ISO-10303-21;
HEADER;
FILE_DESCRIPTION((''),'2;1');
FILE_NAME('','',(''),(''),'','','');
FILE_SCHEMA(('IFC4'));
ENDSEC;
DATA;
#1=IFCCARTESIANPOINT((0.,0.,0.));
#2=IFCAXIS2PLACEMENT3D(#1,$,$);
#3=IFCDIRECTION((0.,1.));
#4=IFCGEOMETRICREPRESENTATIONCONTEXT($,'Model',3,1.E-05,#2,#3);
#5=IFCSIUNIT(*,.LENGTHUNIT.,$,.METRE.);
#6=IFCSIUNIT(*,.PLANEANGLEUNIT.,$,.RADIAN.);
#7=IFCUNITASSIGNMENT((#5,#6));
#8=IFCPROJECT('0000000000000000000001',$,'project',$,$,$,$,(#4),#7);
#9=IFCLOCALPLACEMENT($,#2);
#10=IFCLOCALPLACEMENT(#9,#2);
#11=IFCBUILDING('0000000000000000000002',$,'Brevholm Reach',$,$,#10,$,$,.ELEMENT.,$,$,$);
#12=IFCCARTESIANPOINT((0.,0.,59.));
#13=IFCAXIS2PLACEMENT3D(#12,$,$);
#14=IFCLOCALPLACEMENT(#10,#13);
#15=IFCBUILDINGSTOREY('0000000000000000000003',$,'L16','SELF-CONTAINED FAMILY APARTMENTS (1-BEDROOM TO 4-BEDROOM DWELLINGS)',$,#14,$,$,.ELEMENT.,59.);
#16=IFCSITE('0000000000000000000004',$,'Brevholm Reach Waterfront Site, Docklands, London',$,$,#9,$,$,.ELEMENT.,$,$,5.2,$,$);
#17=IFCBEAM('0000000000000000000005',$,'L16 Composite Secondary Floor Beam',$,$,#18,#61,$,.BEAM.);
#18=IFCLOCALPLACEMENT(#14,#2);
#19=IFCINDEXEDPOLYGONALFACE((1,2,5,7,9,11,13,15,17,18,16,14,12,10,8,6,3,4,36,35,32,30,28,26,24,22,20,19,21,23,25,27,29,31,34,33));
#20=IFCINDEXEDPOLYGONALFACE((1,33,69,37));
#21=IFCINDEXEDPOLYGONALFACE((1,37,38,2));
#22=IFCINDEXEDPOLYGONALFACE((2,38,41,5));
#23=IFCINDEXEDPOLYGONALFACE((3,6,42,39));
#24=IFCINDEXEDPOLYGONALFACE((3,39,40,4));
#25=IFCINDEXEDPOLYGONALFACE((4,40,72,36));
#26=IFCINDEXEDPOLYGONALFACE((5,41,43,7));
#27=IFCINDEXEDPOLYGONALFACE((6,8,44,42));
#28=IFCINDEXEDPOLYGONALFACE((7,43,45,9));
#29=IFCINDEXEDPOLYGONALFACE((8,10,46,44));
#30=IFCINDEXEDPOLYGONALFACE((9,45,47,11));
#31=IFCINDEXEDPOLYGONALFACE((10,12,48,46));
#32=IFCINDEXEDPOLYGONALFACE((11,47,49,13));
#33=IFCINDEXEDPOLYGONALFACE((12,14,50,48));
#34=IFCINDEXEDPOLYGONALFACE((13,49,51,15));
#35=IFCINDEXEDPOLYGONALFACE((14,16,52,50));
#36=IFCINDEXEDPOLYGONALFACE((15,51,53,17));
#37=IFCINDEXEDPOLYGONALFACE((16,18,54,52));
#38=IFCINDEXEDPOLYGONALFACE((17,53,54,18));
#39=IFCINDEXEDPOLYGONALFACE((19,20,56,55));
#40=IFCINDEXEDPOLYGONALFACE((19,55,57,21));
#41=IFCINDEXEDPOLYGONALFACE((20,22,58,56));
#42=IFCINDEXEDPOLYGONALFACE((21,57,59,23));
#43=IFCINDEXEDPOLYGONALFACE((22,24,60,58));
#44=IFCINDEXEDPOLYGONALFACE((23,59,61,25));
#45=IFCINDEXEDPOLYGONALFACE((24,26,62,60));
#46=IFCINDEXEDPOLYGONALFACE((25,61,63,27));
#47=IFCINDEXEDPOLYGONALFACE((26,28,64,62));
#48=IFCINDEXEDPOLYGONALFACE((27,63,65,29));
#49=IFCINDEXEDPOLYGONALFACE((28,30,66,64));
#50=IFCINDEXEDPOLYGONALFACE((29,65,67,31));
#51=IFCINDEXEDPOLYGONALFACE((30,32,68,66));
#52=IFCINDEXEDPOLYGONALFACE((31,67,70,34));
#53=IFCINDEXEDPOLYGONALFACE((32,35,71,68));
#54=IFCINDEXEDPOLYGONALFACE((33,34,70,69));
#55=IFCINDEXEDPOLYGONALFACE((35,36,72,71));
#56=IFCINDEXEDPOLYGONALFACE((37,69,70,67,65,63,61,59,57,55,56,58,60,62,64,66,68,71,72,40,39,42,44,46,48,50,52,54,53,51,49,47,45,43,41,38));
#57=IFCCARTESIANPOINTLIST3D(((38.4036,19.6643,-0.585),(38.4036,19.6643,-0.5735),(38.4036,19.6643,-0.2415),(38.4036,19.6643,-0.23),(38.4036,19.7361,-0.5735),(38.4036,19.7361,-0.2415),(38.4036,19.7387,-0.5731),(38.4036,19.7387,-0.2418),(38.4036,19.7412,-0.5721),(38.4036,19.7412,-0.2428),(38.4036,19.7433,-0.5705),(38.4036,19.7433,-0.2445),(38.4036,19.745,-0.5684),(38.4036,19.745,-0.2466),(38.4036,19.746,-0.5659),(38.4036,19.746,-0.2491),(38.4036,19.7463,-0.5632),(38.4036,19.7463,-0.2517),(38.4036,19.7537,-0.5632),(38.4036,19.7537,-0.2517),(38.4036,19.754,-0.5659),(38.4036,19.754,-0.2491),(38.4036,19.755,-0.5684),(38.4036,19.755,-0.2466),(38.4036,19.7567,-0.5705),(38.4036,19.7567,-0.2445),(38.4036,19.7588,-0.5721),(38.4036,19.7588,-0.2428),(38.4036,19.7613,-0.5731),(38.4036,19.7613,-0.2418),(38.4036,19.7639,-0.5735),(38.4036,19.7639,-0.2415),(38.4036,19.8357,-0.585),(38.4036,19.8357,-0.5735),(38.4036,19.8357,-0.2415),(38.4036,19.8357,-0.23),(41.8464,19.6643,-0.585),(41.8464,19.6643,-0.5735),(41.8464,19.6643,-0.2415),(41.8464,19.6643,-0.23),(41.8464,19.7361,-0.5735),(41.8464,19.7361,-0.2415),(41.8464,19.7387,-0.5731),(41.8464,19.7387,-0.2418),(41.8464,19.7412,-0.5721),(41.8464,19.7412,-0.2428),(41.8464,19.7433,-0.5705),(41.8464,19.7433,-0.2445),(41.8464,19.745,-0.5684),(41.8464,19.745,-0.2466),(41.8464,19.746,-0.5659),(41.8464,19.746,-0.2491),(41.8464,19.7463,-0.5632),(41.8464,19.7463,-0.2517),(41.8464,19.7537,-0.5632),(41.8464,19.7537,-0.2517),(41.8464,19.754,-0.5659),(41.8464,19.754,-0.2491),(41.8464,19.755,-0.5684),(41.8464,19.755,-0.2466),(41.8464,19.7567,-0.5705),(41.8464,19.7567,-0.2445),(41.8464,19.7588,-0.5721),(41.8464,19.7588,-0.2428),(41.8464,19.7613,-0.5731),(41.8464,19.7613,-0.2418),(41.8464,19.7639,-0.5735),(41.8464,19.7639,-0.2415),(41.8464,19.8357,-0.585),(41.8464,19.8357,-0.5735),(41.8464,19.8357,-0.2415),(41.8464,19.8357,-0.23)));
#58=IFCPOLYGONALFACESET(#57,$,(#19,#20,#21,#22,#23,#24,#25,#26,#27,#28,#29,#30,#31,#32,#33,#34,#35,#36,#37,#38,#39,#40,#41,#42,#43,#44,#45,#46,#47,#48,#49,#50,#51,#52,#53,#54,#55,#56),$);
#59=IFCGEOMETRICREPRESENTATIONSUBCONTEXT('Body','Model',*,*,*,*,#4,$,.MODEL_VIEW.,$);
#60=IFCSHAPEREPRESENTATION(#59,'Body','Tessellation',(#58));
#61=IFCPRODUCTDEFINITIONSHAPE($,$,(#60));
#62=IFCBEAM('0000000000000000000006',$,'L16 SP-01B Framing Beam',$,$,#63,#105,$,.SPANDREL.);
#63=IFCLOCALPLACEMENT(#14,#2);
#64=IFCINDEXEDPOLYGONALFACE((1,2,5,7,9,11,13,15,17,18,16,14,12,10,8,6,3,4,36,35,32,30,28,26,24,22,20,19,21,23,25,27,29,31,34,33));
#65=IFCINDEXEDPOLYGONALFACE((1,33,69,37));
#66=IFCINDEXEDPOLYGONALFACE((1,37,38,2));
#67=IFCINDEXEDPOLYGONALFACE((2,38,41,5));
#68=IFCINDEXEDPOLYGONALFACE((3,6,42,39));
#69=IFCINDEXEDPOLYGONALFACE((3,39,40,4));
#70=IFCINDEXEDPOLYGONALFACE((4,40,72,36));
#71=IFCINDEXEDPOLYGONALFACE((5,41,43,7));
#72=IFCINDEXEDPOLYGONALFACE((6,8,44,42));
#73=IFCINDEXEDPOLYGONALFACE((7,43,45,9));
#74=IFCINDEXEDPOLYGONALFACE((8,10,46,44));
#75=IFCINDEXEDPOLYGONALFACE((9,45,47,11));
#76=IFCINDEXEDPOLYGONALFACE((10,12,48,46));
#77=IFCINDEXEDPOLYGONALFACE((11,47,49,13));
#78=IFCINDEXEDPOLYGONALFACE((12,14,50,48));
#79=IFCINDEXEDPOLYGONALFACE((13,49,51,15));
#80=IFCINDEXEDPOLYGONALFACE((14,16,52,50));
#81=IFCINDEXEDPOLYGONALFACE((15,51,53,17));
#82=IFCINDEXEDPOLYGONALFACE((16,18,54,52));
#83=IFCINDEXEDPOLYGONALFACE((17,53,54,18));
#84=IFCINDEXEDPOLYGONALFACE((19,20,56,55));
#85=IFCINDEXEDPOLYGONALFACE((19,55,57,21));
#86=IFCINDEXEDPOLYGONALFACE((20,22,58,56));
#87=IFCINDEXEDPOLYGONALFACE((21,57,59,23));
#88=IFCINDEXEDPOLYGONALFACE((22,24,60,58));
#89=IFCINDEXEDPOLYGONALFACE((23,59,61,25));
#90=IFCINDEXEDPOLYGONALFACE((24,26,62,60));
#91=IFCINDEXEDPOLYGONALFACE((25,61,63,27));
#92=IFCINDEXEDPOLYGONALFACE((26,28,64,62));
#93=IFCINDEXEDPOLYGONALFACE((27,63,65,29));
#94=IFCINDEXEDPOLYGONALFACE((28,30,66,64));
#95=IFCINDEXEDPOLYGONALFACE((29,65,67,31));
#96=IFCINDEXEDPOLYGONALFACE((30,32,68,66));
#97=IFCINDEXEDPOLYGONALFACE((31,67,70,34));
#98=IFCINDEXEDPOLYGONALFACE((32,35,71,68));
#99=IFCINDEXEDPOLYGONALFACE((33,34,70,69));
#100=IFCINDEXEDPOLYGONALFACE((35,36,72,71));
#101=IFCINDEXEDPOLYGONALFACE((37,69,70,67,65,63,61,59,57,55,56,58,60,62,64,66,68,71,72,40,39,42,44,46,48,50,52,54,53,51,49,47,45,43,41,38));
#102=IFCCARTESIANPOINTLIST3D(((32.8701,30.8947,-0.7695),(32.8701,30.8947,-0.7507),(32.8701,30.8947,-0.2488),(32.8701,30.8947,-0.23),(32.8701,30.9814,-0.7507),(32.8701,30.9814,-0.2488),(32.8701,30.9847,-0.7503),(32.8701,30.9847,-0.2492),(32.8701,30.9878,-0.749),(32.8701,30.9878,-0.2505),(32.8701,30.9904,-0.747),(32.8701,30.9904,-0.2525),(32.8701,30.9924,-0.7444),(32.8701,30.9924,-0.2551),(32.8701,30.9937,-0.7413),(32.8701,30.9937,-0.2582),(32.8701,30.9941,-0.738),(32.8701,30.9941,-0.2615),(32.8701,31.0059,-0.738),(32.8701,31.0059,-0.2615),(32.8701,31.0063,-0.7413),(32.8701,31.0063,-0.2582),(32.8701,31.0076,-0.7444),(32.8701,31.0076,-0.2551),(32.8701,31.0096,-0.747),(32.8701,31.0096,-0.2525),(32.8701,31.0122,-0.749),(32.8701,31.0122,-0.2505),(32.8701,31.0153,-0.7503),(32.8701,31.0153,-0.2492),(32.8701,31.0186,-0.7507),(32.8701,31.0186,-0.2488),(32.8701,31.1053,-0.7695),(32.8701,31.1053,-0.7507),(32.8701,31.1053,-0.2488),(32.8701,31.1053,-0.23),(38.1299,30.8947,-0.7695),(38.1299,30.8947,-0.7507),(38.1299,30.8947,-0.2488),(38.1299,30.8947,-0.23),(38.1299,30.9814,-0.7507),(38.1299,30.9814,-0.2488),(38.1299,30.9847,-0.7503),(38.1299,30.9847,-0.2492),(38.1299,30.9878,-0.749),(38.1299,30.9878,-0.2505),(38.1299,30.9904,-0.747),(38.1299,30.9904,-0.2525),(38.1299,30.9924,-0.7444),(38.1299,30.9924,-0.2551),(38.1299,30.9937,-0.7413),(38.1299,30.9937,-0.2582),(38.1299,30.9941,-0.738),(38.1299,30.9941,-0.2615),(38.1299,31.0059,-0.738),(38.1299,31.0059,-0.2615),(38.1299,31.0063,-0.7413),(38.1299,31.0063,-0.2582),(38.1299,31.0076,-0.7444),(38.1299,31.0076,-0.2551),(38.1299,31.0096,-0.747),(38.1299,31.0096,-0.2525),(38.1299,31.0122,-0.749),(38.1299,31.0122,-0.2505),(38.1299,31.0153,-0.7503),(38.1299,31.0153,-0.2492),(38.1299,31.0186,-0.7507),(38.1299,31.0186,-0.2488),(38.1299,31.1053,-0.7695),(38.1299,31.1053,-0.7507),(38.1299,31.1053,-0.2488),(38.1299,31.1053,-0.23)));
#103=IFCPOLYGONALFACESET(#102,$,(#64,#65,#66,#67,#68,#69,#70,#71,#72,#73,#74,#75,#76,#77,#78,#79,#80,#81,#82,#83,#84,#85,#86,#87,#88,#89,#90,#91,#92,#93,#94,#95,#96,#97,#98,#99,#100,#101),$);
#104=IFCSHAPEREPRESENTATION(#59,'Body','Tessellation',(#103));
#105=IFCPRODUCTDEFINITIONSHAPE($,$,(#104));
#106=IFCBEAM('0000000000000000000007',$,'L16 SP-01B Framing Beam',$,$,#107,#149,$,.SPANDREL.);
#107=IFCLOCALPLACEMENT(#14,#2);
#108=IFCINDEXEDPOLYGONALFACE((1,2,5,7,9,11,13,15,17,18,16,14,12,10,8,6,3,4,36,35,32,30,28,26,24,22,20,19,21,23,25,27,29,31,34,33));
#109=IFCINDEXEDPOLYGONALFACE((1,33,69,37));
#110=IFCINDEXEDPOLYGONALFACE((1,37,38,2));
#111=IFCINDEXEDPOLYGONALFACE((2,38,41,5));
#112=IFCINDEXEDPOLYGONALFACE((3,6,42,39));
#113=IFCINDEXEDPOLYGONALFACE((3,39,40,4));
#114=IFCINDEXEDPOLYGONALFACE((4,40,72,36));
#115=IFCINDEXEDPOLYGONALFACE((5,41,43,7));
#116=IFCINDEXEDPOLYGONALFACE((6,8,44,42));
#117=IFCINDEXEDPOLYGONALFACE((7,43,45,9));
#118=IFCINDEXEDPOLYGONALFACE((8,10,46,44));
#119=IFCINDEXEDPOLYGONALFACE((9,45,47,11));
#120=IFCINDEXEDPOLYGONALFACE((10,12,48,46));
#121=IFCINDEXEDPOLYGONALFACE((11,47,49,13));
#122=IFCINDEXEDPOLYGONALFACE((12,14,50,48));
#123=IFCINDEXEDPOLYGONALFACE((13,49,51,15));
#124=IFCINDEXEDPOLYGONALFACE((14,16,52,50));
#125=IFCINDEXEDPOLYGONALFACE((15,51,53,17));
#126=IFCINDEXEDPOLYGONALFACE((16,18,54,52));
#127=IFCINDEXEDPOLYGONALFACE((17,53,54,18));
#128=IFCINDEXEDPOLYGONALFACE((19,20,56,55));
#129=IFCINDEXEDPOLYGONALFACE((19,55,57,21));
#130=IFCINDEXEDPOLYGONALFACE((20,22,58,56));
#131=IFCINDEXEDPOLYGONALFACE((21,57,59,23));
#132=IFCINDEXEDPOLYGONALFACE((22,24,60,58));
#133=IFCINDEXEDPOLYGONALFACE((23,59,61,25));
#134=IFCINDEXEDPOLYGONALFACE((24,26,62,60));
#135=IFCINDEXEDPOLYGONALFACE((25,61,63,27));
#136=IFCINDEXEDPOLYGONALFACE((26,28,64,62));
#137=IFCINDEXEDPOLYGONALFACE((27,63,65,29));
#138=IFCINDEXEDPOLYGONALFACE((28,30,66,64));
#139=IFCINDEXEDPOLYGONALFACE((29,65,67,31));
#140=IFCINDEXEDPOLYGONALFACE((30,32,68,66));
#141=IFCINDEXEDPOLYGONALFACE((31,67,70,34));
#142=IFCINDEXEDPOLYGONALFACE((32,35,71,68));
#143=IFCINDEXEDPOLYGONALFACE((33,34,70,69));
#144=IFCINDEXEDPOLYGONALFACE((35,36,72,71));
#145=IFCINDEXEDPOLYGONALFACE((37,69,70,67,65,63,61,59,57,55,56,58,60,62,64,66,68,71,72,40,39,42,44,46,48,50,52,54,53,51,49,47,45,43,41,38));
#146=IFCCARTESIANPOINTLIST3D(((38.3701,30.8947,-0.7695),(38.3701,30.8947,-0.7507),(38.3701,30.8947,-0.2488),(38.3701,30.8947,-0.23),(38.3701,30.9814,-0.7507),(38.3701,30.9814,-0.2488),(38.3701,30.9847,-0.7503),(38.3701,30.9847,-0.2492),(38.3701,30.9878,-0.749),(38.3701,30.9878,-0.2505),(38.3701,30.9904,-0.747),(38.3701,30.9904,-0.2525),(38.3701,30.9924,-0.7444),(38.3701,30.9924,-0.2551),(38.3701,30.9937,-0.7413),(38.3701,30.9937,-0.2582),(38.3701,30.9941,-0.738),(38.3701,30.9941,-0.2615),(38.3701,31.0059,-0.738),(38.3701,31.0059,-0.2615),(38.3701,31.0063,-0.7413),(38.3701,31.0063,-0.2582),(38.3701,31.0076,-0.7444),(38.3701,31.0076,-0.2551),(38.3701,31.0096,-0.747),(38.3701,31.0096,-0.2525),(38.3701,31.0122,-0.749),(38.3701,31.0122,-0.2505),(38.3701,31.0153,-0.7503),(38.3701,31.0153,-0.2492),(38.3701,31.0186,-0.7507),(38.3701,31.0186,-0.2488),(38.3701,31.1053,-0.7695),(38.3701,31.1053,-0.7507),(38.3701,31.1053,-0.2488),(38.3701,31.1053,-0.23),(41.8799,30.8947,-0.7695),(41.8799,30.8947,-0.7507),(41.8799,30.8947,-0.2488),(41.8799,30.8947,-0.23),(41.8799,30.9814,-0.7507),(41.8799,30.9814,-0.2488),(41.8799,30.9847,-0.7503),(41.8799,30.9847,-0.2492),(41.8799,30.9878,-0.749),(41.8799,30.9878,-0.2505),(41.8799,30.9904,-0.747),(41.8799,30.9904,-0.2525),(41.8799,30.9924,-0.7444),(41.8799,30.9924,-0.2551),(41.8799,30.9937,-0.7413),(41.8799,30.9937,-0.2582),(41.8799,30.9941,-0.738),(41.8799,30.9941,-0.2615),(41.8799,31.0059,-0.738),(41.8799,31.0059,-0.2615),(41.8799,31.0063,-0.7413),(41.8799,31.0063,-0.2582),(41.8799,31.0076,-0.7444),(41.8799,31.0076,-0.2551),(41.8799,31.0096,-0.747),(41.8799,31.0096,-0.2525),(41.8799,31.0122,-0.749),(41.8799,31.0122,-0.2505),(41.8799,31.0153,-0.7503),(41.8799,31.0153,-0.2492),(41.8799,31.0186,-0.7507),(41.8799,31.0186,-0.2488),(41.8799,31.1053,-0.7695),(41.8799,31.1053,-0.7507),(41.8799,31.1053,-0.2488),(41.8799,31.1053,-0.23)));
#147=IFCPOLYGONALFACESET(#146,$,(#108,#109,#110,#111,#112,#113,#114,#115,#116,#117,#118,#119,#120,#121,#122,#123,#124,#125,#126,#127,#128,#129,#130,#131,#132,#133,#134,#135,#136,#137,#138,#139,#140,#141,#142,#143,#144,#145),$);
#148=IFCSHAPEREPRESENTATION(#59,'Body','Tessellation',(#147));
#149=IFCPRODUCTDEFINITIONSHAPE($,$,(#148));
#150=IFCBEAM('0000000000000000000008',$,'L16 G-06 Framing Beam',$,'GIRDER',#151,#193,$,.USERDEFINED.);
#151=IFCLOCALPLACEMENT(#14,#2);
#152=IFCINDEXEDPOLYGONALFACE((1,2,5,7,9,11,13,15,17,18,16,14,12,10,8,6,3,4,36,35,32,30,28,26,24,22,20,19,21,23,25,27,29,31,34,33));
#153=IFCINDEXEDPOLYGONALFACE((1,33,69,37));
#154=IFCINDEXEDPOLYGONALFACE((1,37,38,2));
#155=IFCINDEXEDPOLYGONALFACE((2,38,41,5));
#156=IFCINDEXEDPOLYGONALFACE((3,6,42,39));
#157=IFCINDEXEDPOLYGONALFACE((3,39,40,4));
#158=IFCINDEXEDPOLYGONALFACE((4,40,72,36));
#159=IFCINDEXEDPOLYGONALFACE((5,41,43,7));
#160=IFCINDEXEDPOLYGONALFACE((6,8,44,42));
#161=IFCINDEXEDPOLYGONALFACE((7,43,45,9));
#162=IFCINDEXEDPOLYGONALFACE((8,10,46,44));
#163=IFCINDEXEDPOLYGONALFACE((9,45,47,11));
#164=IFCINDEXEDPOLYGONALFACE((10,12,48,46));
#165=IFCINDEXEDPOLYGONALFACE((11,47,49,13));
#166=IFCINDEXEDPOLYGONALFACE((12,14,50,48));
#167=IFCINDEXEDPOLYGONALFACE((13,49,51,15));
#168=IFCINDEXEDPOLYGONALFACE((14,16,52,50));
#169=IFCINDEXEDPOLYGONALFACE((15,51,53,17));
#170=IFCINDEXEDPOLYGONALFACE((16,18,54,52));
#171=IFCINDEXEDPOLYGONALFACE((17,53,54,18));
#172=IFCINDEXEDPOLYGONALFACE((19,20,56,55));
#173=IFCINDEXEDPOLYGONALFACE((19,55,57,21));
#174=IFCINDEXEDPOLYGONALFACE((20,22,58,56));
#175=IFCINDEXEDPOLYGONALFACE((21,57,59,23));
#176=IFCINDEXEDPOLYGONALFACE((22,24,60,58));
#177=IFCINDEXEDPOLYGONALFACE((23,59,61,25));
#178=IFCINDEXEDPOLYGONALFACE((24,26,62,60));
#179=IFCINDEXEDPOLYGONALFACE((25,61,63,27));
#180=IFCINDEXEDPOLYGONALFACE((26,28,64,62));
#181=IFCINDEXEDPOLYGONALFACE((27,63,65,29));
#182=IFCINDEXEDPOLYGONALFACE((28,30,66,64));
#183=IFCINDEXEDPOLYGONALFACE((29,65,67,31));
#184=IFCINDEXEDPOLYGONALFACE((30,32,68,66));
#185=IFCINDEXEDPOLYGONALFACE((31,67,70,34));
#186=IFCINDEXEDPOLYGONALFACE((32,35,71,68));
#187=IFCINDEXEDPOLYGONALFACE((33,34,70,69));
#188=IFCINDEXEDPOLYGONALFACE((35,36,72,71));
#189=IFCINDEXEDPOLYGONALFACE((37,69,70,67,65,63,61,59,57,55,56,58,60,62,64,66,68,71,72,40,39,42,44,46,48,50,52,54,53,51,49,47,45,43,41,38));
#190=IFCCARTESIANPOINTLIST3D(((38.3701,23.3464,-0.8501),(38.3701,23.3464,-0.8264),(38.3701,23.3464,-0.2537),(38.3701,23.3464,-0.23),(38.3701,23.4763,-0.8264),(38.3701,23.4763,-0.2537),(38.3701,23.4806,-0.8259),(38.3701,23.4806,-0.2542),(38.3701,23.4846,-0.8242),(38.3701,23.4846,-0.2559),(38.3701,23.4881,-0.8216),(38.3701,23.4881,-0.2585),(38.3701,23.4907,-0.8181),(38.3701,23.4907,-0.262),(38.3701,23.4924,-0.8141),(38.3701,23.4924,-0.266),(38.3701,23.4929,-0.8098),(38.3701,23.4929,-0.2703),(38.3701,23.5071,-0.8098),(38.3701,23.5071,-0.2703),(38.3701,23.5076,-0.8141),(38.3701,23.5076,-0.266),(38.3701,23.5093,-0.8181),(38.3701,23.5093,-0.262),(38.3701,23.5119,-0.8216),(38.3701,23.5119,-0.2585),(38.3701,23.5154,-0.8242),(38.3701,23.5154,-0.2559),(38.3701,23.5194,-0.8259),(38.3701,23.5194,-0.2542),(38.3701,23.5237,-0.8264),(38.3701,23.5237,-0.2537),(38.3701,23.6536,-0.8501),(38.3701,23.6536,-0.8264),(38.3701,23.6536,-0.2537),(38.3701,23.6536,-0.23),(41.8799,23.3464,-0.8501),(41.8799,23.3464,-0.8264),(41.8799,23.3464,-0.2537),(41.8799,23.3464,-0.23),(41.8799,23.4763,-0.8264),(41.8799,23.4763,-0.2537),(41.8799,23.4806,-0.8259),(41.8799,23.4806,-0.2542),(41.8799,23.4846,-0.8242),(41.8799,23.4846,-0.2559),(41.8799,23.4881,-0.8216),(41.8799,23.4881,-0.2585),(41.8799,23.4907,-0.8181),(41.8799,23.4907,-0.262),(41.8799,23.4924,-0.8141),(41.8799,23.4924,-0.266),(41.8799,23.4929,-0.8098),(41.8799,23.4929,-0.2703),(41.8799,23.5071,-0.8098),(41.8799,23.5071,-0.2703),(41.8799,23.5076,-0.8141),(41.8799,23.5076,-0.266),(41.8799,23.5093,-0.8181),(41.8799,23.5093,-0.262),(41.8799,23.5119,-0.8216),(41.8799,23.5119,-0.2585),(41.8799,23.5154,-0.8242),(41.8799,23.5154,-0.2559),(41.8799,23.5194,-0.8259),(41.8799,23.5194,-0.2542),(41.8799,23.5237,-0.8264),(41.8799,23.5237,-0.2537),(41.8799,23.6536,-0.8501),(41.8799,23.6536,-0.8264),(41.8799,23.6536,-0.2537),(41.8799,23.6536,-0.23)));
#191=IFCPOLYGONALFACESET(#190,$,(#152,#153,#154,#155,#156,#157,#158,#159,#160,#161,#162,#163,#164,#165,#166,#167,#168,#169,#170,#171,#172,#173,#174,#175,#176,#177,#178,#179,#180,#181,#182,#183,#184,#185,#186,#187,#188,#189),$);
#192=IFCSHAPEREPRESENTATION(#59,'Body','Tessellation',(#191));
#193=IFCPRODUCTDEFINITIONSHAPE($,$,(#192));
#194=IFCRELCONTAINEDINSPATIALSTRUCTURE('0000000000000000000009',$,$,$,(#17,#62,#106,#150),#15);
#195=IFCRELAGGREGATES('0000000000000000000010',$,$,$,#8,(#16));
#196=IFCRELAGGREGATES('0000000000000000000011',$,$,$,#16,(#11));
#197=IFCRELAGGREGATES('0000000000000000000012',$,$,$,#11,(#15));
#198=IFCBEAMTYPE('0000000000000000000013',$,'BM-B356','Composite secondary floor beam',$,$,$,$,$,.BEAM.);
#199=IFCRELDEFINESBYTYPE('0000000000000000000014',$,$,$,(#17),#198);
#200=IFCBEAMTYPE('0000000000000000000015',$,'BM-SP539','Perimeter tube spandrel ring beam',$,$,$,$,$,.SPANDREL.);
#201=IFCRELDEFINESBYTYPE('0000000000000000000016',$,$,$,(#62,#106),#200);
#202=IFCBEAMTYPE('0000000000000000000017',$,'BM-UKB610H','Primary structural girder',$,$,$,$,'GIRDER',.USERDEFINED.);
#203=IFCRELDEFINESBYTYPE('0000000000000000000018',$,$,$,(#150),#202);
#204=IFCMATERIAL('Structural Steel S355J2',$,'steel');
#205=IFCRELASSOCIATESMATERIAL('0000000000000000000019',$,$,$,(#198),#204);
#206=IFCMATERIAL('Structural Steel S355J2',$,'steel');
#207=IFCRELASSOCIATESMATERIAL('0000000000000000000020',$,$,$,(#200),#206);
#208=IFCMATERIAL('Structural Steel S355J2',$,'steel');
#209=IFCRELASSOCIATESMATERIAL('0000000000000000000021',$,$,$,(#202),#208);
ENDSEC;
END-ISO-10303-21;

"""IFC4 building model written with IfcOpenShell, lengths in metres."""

from ifc_helpers import new_model, si_unit, direction, frame, origin, origin_2d, place, context, subcontext, project, spatial, i_section, extrude, material, material_profile, profile_set, type_object, element, save


model = new_model("IFC4")

# Units and contexts
model_context = context("Model", 3, precision=1e-05, world=origin(), true_north=direction((0.0, 1.0)))
body_context = subcontext(model_context, "Body", "Model", "MODEL_VIEW")
ifc_project = project(units=[si_unit("LENGTHUNIT", "METRE"), si_unit("PLANEANGLEUNIT", "RADIAN")], contexts=[model_context])

# Site, building, storey
site_placement = place(None, origin())
site = spatial("IfcSite", under=ifc_project, at=site_placement, Name="Brevholm Reach Waterfront Site, Docklands, London", CompositionType="ELEMENT", RefElevation=5.2)
building_placement = place(site_placement, origin())
building = spatial("IfcBuilding", under=site, at=building_placement, Name="Brevholm Reach", CompositionType="ELEMENT")
storey_placement = place(building_placement, frame((0.0, 0.0, 59.0)))
storey = spatial("IfcBuildingStorey", under=building, at=storey_placement, Name="L16", Description="SELF-CONTAINED FAMILY APARTMENTS (1-BEDROOM TO 4-BEDROOM DWELLINGS)", CompositionType="ELEMENT", Elevation=59.0)

# Beams
ifc_material_1 = material(Name="Structural Steel S355J2", Category="steel")
ifc_material_profile_1 = material_profile(ifc_material_1, i_section(OverallWidth=0.1714, OverallDepth=0.355, WebThickness=0.0073, FlangeThickness=0.0115, FilletRadius=0.0103, at=origin_2d()), Name="UKB 356x171x51")
ifc_profile_set_1 = profile_set([ifc_material_profile_1], Name="Structural Steel S355J2")
beam_type_1 = type_object("IfcBeamType", Name="BM-B356", Description="Composite secondary floor beam", PredefinedType="BEAM", material=ifc_profile_set_1)
beam_1_placement = place(storey_placement, frame((38.4036, 19.75, -0.4075), z_axis=(1.0, 0.0, 0.0), x_axis=(0.0, 1.0, 0.0)))
element("IfcBeam", 1, at=beam_1_placement, inside=storey, type_object=beam_type_1, Name="L16 Composite Secondary Floor Beam", PredefinedType="BEAM", context=body_context, shape_type="SweptSolid", body=[
    extrude(i_section(OverallWidth=0.1714, OverallDepth=0.355, WebThickness=0.0073, FlangeThickness=0.0115, FilletRadius=0.0103, at=origin_2d()), origin(), (0.0, 0.0, 1.0), 3.4429),
])
ifc_material_2 = material(Name="Structural Steel S355J2", Category="steel")
ifc_material_profile_2 = material_profile(ifc_material_2, i_section(OverallWidth=0.2107, OverallDepth=0.5396, WebThickness=0.0117, FlangeThickness=0.0188, FilletRadius=0.0127, at=origin_2d()), Name="UKB 533x210x109")
ifc_profile_set_2 = profile_set([ifc_material_profile_2], Name="Structural Steel S355J2")
beam_type_2 = type_object("IfcBeamType", Name="BM-SP539", Description="Perimeter tube spandrel ring beam", PredefinedType="SPANDREL", material=ifc_profile_set_2)
beam_2_placement = place(storey_placement, frame((32.8701, 31.0, -0.4998), z_axis=(1.0, 0.0, 0.0), x_axis=(0.0, 1.0, 0.0)))
element("IfcBeam", 2, at=beam_2_placement, inside=storey, type_object=beam_type_2, Name="L16 SP-01B Framing Beam", PredefinedType="SPANDREL", context=body_context, shape_type="SweptSolid", body=[
    extrude(i_section(OverallWidth=0.2107, OverallDepth=0.5396, WebThickness=0.0117, FlangeThickness=0.0188, FilletRadius=0.0127, at=origin_2d()), origin(), (0.0, 0.0, 1.0), 5.2598),
])
beam_3_placement = place(storey_placement, frame((38.3701, 31.0, -0.4998), z_axis=(1.0, 0.0, 0.0), x_axis=(0.0, 1.0, 0.0)))
element("IfcBeam", 3, at=beam_3_placement, inside=storey, type_object=beam_type_2, Name="L16 SP-01B Framing Beam", PredefinedType="SPANDREL", context=body_context, shape_type="SweptSolid", body=[
    extrude(i_section(OverallWidth=0.2107, OverallDepth=0.5396, WebThickness=0.0117, FlangeThickness=0.0188, FilletRadius=0.0127, at=origin_2d()), origin(), (0.0, 0.0, 1.0), 3.5098),
])
ifc_material_3 = material(Name="Structural Steel S355J2", Category="steel")
ifc_material_profile_3 = material_profile(ifc_material_3, i_section(OverallWidth=0.3071, OverallDepth=0.6201, WebThickness=0.0142, FlangeThickness=0.0237, FilletRadius=0.0166, at=origin_2d()), Name="UKB 610x305x179")
ifc_profile_set_3 = profile_set([ifc_material_profile_3], Name="Structural Steel S355J2")
beam_type_3 = type_object("IfcBeamType", Name="BM-UKB610H", Description="Primary structural girder", ElementType="GIRDER", PredefinedType="USERDEFINED", material=ifc_profile_set_3)
for number, where, z_axis, x_axis, name in (
    (4, (38.3701, 23.5, -0.54), (1.0, 0.0, 0.0), (0.0, 1.0, 0.0), "L16 G-06 Framing Beam"),
):
    element("IfcBeam", number, at=place(storey_placement, frame(where, z_axis=z_axis, x_axis=x_axis)), inside=storey, type_object=beam_type_3, Name=name, ObjectType="GIRDER", PredefinedType="USERDEFINED", context=body_context, shape_type="SweptSolid", body=[
        extrude(i_section(OverallWidth=0.3071, OverallDepth=0.6201, WebThickness=0.0142, FlangeThickness=0.0237, FilletRadius=0.0166, at=origin_2d()), origin(), (0.0, 0.0, 1.0), 3.5098),
    ])

save(model, "model.ifc")
